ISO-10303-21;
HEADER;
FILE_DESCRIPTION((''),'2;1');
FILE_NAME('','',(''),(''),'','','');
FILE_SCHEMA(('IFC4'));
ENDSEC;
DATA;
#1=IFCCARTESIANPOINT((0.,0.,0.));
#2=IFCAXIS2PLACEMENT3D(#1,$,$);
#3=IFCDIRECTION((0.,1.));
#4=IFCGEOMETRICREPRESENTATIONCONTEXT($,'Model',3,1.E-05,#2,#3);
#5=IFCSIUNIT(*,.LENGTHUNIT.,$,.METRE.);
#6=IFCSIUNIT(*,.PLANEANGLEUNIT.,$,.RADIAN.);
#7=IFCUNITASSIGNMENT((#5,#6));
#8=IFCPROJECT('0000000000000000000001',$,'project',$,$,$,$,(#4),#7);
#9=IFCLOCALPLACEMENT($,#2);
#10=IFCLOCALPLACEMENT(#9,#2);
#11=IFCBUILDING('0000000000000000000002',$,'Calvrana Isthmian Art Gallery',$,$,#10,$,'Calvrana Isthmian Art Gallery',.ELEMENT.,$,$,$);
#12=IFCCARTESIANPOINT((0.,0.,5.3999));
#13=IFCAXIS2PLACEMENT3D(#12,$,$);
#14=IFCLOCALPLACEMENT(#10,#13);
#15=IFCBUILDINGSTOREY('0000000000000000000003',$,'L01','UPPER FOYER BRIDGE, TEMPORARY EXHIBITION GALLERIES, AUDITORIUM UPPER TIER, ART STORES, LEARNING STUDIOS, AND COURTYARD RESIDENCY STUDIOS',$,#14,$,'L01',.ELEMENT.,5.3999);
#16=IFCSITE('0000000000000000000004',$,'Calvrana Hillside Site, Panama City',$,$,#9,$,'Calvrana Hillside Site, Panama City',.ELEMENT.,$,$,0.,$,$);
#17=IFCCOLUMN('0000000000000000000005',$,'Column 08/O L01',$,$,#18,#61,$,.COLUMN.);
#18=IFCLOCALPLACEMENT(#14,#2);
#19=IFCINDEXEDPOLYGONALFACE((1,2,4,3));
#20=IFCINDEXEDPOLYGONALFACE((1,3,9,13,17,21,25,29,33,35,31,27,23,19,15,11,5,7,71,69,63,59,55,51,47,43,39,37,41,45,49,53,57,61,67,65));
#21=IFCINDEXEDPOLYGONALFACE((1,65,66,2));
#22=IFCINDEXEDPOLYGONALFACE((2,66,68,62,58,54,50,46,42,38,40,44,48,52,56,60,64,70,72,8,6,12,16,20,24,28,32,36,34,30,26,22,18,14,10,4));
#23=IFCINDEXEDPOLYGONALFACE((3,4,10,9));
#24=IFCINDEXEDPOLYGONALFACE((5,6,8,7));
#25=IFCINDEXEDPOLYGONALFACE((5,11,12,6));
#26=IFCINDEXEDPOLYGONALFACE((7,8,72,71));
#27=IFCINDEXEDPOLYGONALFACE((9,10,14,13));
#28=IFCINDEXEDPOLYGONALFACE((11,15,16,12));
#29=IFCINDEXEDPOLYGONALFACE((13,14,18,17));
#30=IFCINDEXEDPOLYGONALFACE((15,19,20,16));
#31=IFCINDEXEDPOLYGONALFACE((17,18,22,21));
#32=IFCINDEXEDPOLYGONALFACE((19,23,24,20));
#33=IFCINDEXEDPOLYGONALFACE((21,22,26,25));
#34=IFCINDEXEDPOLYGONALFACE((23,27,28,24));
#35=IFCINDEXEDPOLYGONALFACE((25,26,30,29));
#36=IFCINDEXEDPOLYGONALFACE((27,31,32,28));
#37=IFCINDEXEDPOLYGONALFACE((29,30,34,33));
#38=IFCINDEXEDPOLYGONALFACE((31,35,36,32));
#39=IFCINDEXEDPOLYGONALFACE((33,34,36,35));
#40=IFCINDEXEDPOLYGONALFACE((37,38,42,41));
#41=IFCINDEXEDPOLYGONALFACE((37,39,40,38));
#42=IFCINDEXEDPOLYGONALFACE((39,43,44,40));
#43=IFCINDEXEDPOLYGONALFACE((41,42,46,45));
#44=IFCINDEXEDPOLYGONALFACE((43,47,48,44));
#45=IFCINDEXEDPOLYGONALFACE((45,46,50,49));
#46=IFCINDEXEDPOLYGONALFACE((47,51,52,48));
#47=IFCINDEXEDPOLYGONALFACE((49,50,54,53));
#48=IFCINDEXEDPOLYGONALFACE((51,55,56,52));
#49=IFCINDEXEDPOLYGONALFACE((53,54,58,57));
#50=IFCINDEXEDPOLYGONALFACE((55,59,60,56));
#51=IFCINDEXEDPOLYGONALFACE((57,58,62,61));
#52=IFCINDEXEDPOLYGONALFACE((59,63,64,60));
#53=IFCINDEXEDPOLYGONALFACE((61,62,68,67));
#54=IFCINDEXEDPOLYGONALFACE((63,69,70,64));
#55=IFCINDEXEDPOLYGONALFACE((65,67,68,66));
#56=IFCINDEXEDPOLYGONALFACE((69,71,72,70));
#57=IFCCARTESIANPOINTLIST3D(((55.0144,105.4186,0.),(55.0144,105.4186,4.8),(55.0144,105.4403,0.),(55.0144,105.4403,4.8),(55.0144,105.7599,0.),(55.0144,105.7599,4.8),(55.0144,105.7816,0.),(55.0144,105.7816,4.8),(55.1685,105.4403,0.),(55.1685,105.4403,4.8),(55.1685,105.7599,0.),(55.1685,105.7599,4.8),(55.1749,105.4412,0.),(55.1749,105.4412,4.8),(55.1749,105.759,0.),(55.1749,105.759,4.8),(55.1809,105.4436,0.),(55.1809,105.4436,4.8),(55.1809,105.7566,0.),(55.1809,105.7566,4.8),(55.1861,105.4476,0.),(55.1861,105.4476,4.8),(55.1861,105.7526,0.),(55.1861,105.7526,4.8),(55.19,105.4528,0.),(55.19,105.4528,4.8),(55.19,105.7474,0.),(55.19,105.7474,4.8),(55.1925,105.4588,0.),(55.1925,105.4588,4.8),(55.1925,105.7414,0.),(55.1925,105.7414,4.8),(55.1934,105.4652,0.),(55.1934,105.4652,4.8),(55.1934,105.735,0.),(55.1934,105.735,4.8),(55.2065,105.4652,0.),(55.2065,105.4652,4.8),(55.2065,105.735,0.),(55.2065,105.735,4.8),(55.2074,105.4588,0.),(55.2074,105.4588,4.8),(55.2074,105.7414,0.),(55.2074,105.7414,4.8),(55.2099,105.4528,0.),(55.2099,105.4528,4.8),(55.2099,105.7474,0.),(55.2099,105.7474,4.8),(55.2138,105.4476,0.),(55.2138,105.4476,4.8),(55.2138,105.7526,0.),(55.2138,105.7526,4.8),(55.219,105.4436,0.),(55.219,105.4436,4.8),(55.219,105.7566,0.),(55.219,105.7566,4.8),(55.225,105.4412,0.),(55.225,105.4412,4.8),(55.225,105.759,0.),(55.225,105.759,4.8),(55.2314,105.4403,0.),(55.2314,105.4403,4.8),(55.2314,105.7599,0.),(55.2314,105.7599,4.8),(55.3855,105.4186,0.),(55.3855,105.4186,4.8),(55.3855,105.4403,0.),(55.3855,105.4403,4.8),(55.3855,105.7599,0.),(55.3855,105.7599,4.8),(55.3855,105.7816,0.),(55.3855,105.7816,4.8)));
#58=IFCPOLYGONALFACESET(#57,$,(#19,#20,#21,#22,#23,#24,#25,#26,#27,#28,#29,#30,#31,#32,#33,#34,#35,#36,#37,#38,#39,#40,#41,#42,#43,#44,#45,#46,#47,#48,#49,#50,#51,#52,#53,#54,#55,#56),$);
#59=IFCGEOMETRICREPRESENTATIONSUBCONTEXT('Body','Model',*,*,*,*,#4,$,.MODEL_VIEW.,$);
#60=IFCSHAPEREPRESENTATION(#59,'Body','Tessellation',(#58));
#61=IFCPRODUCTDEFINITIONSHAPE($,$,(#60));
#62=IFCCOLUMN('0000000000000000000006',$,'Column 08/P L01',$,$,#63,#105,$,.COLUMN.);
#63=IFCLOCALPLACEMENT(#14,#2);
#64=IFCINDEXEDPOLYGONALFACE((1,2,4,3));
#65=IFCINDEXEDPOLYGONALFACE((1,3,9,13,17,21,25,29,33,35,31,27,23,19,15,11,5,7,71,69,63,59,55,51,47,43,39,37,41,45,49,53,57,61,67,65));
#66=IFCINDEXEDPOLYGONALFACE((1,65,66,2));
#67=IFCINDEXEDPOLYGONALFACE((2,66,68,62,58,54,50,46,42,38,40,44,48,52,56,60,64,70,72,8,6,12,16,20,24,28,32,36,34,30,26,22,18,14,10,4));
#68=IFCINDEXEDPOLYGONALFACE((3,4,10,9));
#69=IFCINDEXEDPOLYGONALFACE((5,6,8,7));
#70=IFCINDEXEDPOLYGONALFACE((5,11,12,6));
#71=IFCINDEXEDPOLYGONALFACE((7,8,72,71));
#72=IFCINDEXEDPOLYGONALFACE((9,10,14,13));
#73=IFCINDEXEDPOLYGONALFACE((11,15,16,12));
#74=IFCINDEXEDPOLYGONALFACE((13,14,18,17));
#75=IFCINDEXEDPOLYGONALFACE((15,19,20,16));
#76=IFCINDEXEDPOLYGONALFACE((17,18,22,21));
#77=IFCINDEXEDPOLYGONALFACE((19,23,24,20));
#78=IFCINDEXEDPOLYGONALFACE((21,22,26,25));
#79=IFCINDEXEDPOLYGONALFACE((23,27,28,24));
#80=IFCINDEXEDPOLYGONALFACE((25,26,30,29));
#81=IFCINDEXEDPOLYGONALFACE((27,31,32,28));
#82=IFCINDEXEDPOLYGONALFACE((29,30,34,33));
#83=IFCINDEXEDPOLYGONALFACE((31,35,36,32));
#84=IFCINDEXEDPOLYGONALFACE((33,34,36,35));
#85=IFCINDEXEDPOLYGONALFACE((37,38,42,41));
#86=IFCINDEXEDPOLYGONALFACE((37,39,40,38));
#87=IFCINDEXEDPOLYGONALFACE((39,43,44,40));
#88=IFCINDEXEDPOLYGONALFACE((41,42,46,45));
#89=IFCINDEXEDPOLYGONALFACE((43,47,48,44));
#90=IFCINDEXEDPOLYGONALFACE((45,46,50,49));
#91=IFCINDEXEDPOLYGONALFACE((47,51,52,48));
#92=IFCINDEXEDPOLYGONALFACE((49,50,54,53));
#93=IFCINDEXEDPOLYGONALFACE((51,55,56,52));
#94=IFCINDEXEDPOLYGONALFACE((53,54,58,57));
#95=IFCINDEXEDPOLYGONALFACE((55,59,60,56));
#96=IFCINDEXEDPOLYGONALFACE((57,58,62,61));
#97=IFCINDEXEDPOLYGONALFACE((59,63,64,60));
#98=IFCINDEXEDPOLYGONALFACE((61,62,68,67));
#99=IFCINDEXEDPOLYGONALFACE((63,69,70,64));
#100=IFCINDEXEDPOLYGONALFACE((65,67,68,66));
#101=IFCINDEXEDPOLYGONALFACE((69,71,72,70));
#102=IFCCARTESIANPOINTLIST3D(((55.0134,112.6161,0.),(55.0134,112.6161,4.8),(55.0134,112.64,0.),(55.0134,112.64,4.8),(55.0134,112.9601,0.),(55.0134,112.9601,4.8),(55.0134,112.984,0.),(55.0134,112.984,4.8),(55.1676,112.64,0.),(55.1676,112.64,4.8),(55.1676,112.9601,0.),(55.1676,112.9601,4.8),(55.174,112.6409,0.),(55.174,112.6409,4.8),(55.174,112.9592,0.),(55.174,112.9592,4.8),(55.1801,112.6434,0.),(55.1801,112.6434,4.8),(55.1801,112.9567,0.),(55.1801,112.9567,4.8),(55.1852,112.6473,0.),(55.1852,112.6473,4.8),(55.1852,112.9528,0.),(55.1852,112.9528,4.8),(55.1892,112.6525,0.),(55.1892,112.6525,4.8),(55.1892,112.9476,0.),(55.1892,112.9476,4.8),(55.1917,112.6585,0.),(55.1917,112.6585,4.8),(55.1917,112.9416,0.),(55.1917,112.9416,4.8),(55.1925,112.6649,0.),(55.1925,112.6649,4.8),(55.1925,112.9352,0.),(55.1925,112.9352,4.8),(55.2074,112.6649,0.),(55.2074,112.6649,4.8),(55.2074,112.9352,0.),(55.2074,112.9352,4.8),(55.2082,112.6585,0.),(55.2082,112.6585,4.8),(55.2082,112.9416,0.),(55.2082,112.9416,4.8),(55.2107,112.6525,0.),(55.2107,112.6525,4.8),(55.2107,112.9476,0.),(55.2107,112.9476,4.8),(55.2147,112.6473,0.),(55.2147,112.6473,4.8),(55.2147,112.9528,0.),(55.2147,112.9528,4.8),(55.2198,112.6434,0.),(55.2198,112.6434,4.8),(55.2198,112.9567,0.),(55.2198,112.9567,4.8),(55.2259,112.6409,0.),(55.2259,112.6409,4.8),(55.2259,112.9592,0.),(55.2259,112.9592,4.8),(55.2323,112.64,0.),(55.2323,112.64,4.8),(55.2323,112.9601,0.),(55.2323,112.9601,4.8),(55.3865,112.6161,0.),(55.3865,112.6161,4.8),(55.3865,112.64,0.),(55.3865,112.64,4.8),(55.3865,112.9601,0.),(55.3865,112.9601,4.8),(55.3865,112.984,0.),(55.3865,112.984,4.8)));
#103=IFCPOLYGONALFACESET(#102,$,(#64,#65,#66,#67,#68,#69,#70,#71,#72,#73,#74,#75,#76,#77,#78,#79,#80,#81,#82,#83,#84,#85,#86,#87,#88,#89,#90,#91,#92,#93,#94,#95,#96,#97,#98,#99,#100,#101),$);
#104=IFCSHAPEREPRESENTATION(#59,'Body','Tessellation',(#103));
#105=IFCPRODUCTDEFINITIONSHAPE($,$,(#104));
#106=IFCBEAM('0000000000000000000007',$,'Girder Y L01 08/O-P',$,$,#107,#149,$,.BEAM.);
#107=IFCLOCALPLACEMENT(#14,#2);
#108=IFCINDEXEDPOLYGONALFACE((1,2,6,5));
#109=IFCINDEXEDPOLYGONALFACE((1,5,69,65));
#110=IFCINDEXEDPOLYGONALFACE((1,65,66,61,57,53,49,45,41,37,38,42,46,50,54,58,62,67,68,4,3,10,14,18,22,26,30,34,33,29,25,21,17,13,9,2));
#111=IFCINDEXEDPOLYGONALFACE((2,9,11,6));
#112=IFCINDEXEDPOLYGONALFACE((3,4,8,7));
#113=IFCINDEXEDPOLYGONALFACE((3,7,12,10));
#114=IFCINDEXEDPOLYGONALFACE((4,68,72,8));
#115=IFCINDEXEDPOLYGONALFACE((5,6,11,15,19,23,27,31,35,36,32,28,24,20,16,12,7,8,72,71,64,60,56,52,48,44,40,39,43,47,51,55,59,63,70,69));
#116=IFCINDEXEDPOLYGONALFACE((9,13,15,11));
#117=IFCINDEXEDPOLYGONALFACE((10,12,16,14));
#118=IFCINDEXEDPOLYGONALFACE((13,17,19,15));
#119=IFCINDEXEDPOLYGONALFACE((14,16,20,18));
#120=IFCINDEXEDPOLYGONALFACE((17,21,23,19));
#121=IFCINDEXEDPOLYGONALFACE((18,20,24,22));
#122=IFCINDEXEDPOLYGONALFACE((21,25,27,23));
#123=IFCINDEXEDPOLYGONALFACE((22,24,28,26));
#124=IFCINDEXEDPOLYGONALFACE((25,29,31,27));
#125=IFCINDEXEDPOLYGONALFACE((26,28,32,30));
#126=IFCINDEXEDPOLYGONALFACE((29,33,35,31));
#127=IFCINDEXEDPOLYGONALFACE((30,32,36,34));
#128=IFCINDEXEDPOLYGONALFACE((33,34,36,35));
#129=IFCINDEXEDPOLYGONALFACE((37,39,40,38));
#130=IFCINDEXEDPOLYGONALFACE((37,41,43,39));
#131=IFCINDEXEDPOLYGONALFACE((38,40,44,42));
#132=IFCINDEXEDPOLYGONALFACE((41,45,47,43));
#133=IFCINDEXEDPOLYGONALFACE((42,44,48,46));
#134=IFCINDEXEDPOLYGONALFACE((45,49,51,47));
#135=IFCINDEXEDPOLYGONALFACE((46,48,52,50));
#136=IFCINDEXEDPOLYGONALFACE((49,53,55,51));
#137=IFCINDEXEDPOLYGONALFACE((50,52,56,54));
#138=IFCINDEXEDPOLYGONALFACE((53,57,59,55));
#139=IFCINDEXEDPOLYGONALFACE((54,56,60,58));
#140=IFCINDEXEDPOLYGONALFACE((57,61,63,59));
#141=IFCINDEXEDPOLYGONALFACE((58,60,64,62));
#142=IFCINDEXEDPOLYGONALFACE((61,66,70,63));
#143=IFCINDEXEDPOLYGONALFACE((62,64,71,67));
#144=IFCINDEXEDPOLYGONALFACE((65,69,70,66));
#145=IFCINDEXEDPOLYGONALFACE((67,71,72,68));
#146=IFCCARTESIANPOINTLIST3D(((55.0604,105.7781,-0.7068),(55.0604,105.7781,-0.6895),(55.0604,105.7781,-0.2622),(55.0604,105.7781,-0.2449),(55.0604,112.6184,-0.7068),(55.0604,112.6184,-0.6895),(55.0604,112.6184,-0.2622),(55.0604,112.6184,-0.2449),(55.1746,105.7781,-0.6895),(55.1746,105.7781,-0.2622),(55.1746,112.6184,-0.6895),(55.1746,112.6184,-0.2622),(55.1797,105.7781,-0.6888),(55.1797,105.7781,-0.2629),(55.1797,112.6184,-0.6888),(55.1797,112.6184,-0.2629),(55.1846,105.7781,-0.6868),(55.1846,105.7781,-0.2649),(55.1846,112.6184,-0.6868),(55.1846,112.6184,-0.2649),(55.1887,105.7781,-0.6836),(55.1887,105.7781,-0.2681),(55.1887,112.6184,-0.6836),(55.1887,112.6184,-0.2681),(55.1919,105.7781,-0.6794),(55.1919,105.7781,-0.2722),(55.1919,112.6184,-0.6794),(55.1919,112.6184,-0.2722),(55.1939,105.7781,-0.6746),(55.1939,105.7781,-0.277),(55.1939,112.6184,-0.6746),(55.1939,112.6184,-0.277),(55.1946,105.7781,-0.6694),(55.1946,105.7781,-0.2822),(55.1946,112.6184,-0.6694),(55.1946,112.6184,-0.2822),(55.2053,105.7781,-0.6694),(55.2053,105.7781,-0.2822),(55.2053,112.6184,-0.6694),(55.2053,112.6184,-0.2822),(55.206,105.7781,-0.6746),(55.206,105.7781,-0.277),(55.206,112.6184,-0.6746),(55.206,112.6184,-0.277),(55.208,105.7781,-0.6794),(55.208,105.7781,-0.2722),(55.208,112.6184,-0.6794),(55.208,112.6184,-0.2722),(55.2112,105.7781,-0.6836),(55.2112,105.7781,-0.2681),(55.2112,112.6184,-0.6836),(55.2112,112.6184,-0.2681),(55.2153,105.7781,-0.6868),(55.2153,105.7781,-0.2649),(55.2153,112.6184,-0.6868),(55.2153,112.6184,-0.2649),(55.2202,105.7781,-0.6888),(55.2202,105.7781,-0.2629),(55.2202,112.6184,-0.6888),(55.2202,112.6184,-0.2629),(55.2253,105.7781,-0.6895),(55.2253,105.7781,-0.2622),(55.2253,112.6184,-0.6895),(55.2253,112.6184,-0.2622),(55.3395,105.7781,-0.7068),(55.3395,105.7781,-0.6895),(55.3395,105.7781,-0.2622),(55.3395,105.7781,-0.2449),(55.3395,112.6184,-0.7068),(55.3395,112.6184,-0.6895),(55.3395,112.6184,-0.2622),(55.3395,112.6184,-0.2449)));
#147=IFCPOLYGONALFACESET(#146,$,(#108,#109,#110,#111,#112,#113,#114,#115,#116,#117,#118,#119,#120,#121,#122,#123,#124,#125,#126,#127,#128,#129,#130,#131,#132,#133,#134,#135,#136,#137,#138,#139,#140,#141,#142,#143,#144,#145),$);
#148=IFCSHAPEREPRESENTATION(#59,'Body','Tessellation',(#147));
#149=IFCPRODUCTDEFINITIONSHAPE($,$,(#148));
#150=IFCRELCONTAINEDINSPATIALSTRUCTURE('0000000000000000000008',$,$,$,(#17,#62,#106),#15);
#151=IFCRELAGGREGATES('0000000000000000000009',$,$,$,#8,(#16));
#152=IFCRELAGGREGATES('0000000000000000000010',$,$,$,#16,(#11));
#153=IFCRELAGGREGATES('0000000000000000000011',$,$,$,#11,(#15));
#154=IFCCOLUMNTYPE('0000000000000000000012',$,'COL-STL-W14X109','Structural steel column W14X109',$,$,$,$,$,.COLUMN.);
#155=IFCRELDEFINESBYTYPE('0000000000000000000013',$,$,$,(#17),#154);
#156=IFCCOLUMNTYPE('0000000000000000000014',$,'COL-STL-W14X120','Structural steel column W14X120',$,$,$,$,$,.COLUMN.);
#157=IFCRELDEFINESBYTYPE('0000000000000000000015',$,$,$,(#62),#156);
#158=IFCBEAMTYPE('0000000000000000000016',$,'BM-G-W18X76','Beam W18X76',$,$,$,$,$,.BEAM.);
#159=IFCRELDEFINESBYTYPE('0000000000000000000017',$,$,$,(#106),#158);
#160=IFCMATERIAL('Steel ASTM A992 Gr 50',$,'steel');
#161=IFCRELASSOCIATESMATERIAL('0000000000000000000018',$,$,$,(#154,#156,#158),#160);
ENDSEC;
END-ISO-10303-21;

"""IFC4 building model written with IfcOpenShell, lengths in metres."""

from ifc_helpers import new_model, si_unit, direction, frame, origin, origin_2d, place, context, subcontext, project, spatial, i_section, extrude, material, material_profile, profile_set, type_object, element, save


model = new_model("IFC4")

# Units and contexts
model_context = context("Model", 3, precision=1e-05, world=origin(), true_north=direction((0.0, 1.0)))
body_context = subcontext(model_context, "Body", "Model", "MODEL_VIEW")
ifc_project = project(units=[si_unit("LENGTHUNIT", "METRE"), si_unit("PLANEANGLEUNIT", "RADIAN")], contexts=[model_context])

# Site, building, storey
site_placement = place(None, origin())
site = spatial("IfcSite", under=ifc_project, at=site_placement, Name="Calvrana Hillside Site, Panama City", LongName="Calvrana Hillside Site, Panama City", CompositionType="ELEMENT", RefElevation=0.0)
building_placement = place(site_placement, origin())
building = spatial("IfcBuilding", under=site, at=building_placement, Name="Calvrana Isthmian Art Gallery", LongName="Calvrana Isthmian Art Gallery", CompositionType="ELEMENT")
storey_placement = place(building_placement, frame((0.0, 0.0, 5.3999)))
storey = spatial("IfcBuildingStorey", under=building, at=storey_placement, Name="L01", Description="UPPER FOYER BRIDGE, TEMPORARY EXHIBITION GALLERIES, AUDITORIUM UPPER TIER, ART STORES, LEARNING STUDIOS, AND COURTYARD RESIDENCY STUDIOS", LongName="L01", CompositionType="ELEMENT", Elevation=5.3999)

# Columns
ifc_material_1 = material(Name="Steel ASTM A992 Gr 50", Category="steel")
ifc_material_profile_1 = material_profile(ifc_material_1, i_section(OverallWidth=0.3711, OverallDepth=0.363, WebThickness=0.0132, FlangeThickness=0.0217, FilletRadius=0.0249, at=origin_2d()), Name="W14X109")
ifc_profile_set_1 = profile_set([ifc_material_profile_1], Name="Steel ASTM A992 Gr 50")
column_type_1 = type_object("IfcColumnType", Name="COL-STL-W14X109", Description="Structural steel column W14X109", PredefinedType="COLUMN", material=ifc_profile_set_1)
column_1_placement = place(storey_placement, frame((55.2, 105.6001, 0.0), z_axis=(0.0, 0.0, 1.0), x_axis=(1.0, 0.0, 0.0)))
element("IfcColumn", 1, at=column_1_placement, inside=storey, type_object=column_type_1, Name="Column 08/O L01", PredefinedType="COLUMN", context=body_context, shape_type="SweptSolid", body=[
    extrude(i_section(OverallWidth=0.3711, OverallDepth=0.363, WebThickness=0.0132, FlangeThickness=0.0217, FilletRadius=0.0249, at=origin_2d()), origin(), (0.0, 0.0, 1.0), 4.8),
])
ifc_material_profile_2 = material_profile(ifc_material_1, i_section(OverallWidth=0.373, OverallDepth=0.3679, WebThickness=0.0149, FlangeThickness=0.0239, FilletRadius=0.0249, at=origin_2d()), Name="W14X120")
ifc_profile_set_2 = profile_set([ifc_material_profile_2], Name="Steel ASTM A992 Gr 50")
column_type_2 = type_object("IfcColumnType", Name="COL-STL-W14X120", Description="Structural steel column W14X120", PredefinedType="COLUMN", material=ifc_profile_set_2)
column_2_placement = place(storey_placement, frame((55.2, 112.8, 0.0), z_axis=(0.0, 0.0, 1.0), x_axis=(1.0, 0.0, 0.0)))
element("IfcColumn", 2, at=column_2_placement, inside=storey, type_object=column_type_2, Name="Column 08/P L01", PredefinedType="COLUMN", context=body_context, shape_type="SweptSolid", body=[
    extrude(i_section(OverallWidth=0.373, OverallDepth=0.3679, WebThickness=0.0149, FlangeThickness=0.0239, FilletRadius=0.0249, at=origin_2d()), origin(), (0.0, 0.0, 1.0), 4.8),
])

# Beam
ifc_material_profile_3 = material_profile(ifc_material_1, i_section(OverallWidth=0.2791, OverallDepth=0.4619, WebThickness=0.0107, FlangeThickness=0.0173, FilletRadius=0.02, at=origin_2d()), Name="W18X76")
ifc_profile_set_3 = profile_set([ifc_material_profile_3], Name="Steel ASTM A992 Gr 50")
beam_type_1 = type_object("IfcBeamType", Name="BM-G-W18X76", Description="Beam W18X76", PredefinedType="BEAM", material=ifc_profile_set_3)
beam_1_placement = place(storey_placement, frame((55.2, 105.7781, -0.4758), z_axis=(0.0, 1.0, 0.0), x_axis=(-1.0, 0.0, 0.0)))
element("IfcBeam", 3, at=beam_1_placement, inside=storey, type_object=beam_type_1, Name="Girder Y L01 08/O-P", PredefinedType="BEAM", context=body_context, shape_type="SweptSolid", body=[
    extrude(i_section(OverallWidth=0.2791, OverallDepth=0.4619, WebThickness=0.0107, FlangeThickness=0.0173, FilletRadius=0.02, at=origin_2d()), origin(), (0.0, 0.0, 1.0), 6.8403),
])

save(model, "model.ifc")
